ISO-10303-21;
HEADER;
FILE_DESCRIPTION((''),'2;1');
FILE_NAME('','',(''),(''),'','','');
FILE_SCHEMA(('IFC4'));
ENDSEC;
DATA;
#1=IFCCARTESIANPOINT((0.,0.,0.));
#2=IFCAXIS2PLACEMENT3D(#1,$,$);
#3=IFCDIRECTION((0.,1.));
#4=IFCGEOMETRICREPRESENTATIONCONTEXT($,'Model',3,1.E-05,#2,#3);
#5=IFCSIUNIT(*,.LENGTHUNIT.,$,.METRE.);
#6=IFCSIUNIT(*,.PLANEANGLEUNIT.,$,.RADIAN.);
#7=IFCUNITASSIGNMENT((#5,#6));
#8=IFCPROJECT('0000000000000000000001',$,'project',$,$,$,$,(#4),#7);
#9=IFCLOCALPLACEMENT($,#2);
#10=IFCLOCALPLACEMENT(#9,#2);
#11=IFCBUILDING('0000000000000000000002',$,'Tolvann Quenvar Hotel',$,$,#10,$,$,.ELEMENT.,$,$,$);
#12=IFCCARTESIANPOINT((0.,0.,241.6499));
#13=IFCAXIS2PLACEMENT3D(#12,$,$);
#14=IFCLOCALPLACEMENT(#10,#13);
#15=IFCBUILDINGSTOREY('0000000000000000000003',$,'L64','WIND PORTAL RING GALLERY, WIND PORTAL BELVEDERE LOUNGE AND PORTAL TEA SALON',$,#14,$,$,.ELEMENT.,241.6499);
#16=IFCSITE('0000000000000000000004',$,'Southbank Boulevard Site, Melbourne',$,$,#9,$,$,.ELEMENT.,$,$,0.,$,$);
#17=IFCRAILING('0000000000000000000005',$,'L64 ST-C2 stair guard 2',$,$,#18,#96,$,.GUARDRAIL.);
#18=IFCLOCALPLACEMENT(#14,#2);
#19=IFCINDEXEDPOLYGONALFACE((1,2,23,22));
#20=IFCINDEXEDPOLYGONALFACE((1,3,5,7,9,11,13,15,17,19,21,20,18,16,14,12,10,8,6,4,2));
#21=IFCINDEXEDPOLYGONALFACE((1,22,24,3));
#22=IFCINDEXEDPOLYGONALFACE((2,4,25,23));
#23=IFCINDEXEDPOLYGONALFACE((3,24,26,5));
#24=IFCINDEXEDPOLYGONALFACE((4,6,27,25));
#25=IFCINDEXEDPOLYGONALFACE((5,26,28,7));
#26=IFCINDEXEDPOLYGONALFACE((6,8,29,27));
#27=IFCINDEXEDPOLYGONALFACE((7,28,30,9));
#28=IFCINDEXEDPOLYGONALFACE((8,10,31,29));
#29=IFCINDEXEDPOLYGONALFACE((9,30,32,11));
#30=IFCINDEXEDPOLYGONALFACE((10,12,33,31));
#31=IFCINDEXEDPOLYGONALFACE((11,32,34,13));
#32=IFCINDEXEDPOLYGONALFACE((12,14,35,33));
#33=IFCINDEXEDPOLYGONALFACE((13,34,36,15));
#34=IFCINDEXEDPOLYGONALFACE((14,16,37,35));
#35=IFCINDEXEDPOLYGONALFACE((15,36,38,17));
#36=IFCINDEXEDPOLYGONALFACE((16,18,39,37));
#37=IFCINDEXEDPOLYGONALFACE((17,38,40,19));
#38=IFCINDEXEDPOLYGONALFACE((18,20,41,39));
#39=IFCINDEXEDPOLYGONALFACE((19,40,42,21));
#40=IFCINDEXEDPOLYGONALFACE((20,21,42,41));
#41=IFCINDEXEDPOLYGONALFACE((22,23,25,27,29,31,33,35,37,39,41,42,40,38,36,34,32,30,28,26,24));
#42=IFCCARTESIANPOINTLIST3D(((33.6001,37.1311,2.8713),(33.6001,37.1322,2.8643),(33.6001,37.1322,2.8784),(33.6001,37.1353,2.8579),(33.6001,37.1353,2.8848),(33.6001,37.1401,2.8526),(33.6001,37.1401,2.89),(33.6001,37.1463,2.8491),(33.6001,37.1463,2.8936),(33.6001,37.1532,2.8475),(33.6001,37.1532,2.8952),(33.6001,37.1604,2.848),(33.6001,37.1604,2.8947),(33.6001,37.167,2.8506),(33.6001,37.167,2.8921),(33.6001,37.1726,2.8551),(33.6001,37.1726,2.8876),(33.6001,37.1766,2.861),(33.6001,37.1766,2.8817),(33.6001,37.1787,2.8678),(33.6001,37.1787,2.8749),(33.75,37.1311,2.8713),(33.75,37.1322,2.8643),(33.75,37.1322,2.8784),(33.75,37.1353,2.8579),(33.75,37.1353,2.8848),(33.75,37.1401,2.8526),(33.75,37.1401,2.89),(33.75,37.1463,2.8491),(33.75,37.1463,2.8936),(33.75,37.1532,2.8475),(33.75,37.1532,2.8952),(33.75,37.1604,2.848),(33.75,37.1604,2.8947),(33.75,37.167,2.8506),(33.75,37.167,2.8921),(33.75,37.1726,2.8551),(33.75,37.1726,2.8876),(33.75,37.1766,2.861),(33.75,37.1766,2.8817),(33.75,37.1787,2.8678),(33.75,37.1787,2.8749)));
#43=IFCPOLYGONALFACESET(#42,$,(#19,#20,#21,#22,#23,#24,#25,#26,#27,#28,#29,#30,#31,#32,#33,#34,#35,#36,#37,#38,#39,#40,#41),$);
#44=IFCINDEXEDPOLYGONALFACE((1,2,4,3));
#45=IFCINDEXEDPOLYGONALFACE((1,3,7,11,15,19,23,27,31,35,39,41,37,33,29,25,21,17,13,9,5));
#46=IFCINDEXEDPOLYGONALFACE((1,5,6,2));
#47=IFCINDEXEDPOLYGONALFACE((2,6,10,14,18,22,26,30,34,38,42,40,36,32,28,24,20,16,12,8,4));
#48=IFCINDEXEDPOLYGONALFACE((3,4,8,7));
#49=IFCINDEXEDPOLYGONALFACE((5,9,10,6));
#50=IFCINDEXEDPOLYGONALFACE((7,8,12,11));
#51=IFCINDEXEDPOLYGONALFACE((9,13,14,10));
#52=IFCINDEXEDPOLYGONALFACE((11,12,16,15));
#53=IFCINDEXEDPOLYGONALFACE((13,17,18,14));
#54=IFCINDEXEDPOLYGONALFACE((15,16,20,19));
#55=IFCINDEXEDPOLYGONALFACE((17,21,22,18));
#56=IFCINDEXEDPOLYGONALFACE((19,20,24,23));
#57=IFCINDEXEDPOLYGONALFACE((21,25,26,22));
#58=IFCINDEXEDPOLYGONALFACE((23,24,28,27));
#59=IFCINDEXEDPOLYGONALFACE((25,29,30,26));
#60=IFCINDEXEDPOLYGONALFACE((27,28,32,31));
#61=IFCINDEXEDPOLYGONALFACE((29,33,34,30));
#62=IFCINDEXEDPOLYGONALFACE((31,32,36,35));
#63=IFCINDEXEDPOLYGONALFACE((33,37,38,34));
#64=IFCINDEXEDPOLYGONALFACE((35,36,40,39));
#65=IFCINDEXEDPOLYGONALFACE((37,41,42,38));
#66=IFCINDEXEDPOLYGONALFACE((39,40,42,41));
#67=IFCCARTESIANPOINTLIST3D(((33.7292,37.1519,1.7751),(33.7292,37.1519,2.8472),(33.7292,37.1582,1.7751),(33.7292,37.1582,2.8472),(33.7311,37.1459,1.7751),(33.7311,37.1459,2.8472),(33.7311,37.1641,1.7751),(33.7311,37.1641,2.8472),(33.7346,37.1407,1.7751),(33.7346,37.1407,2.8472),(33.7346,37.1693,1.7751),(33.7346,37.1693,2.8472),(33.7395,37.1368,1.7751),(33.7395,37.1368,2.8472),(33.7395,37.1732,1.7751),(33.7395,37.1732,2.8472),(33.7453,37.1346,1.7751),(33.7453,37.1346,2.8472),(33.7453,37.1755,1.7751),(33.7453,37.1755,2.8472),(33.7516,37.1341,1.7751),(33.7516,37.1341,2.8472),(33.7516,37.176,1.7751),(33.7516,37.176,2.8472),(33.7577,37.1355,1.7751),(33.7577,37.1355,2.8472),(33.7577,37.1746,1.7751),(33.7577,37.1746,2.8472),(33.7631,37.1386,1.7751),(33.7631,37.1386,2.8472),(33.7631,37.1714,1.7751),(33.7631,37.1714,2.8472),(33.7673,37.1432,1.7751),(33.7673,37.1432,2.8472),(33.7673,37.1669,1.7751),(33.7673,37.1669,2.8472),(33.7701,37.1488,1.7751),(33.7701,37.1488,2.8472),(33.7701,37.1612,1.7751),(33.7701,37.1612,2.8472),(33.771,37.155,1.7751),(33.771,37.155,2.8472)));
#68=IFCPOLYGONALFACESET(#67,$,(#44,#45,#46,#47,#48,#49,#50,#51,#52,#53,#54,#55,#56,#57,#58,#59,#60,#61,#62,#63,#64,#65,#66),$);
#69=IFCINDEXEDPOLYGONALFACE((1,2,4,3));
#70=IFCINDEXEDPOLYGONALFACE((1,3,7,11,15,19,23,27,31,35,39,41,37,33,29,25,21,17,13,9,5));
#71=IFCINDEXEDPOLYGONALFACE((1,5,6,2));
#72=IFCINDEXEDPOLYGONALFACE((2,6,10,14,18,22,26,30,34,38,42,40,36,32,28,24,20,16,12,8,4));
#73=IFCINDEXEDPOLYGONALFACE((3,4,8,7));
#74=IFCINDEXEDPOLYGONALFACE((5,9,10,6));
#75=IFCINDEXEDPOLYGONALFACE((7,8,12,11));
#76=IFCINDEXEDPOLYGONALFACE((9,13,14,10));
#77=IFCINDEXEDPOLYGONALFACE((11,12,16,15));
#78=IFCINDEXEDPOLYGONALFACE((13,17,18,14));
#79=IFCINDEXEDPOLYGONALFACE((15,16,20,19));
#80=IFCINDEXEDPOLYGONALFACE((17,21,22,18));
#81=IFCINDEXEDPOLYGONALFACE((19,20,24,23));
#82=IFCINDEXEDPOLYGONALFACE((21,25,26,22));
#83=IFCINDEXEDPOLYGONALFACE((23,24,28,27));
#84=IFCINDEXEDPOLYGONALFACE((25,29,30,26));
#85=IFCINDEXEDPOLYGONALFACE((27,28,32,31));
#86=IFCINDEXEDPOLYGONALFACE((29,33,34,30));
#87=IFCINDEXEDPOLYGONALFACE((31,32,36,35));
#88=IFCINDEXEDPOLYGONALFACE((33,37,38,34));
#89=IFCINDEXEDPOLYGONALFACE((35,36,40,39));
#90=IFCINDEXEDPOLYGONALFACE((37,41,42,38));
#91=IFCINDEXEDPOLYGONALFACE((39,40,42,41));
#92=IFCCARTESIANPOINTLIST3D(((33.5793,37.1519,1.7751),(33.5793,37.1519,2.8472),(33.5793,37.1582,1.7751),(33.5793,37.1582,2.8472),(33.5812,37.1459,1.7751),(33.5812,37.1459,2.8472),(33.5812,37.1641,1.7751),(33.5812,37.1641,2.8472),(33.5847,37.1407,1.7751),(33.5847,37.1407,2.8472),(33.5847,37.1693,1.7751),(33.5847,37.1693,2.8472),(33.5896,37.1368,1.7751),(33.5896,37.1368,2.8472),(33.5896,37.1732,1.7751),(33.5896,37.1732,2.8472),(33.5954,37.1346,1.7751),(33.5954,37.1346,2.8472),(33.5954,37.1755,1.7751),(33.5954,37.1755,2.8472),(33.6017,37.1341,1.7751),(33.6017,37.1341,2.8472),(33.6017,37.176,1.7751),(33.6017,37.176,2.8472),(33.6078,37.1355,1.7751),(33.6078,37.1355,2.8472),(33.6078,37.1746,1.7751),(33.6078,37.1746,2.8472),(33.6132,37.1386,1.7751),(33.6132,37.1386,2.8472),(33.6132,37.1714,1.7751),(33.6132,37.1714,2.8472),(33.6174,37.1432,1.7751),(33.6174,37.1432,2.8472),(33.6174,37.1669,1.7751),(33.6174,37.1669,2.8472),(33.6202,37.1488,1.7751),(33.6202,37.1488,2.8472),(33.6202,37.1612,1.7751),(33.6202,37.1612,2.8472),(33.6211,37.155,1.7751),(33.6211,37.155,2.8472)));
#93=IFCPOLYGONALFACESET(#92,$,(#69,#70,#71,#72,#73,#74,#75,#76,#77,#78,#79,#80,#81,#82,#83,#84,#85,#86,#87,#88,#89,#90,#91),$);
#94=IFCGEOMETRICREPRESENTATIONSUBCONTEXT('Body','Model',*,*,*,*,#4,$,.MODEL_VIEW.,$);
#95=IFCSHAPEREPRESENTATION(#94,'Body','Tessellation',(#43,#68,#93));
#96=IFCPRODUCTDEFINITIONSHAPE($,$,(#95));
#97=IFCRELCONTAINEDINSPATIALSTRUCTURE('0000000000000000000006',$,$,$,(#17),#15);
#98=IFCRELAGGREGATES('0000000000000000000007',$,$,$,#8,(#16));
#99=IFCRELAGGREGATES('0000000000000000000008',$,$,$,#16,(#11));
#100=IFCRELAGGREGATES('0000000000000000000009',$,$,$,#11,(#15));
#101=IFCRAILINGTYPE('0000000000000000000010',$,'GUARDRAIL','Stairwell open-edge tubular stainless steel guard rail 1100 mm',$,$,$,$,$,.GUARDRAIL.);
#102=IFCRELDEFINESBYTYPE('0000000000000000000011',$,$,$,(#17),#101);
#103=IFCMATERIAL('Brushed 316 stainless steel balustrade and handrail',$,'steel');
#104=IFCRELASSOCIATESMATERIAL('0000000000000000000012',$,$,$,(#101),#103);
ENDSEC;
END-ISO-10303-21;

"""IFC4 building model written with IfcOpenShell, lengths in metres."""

from ifc_helpers import new_model, si_unit, direction, frame, origin, origin_2d, place, context, subcontext, project, spatial, circle, extrude, material, type_object, element, save


model = new_model("IFC4")

# Units and contexts
model_context = context("Model", 3, precision=1e-05, world=origin(), true_north=direction((0.0, 1.0)))
body_context = subcontext(model_context, "Body", "Model", "MODEL_VIEW")
ifc_project = project(units=[si_unit("LENGTHUNIT", "METRE"), si_unit("PLANEANGLEUNIT", "RADIAN")], contexts=[model_context])

# Site, building, storey
site_placement = place(None, origin())
site = spatial("IfcSite", under=ifc_project, at=site_placement, Name="Southbank Boulevard Site, Melbourne", CompositionType="ELEMENT", RefElevation=0.0)
building_placement = place(site_placement, origin())
building = spatial("IfcBuilding", under=site, at=building_placement, Name="Tolvann Quenvar Hotel", CompositionType="ELEMENT")
storey_placement = place(building_placement, frame((0.0, 0.0, 241.6499)))
storey = spatial("IfcBuildingStorey", under=building, at=storey_placement, Name="L64", Description="WIND PORTAL RING GALLERY, WIND PORTAL BELVEDERE LOUNGE AND PORTAL TEA SALON", CompositionType="ELEMENT", Elevation=241.6499)

# Railing
ifc_material_1 = material(Name="Brushed 316 stainless steel balustrade and handrail", Category="steel")
railing_type_1 = type_object("IfcRailingType", Name="GUARDRAIL", Description="Stairwell open-edge tubular stainless steel guard rail 1100 mm", PredefinedType="GUARDRAIL", material=ifc_material_1)
railing_1_placement = place(storey_placement, frame((33.75, 37.155, 1.7751)))
element("IfcRailing", 1, at=railing_1_placement, inside=storey, type_object=railing_type_1, Name="L64 ST-C2 stair guard 2", PredefinedType="GUARDRAIL", context=body_context, shape_type="SweptSolid", body=[
    extrude(circle(Radius=0.0239, at=origin_2d()), frame((0.0, 0.0, 1.0962), z_axis=(-1.0, 0.0, 0.0), x_axis=(0.0, -1.0, 0.0)), (0.0, 0.0, 1.0), 0.1499),
    extrude(circle(Radius=0.021, at=origin_2d()), origin(), (0.0, 0.0, 1.0), 1.072),
    extrude(circle(Radius=0.021, at=origin_2d()), frame((-0.1499, 0.0, 0.0)), (0.0, 0.0, 1.0), 1.072),
])

save(model, "model.ifc")
